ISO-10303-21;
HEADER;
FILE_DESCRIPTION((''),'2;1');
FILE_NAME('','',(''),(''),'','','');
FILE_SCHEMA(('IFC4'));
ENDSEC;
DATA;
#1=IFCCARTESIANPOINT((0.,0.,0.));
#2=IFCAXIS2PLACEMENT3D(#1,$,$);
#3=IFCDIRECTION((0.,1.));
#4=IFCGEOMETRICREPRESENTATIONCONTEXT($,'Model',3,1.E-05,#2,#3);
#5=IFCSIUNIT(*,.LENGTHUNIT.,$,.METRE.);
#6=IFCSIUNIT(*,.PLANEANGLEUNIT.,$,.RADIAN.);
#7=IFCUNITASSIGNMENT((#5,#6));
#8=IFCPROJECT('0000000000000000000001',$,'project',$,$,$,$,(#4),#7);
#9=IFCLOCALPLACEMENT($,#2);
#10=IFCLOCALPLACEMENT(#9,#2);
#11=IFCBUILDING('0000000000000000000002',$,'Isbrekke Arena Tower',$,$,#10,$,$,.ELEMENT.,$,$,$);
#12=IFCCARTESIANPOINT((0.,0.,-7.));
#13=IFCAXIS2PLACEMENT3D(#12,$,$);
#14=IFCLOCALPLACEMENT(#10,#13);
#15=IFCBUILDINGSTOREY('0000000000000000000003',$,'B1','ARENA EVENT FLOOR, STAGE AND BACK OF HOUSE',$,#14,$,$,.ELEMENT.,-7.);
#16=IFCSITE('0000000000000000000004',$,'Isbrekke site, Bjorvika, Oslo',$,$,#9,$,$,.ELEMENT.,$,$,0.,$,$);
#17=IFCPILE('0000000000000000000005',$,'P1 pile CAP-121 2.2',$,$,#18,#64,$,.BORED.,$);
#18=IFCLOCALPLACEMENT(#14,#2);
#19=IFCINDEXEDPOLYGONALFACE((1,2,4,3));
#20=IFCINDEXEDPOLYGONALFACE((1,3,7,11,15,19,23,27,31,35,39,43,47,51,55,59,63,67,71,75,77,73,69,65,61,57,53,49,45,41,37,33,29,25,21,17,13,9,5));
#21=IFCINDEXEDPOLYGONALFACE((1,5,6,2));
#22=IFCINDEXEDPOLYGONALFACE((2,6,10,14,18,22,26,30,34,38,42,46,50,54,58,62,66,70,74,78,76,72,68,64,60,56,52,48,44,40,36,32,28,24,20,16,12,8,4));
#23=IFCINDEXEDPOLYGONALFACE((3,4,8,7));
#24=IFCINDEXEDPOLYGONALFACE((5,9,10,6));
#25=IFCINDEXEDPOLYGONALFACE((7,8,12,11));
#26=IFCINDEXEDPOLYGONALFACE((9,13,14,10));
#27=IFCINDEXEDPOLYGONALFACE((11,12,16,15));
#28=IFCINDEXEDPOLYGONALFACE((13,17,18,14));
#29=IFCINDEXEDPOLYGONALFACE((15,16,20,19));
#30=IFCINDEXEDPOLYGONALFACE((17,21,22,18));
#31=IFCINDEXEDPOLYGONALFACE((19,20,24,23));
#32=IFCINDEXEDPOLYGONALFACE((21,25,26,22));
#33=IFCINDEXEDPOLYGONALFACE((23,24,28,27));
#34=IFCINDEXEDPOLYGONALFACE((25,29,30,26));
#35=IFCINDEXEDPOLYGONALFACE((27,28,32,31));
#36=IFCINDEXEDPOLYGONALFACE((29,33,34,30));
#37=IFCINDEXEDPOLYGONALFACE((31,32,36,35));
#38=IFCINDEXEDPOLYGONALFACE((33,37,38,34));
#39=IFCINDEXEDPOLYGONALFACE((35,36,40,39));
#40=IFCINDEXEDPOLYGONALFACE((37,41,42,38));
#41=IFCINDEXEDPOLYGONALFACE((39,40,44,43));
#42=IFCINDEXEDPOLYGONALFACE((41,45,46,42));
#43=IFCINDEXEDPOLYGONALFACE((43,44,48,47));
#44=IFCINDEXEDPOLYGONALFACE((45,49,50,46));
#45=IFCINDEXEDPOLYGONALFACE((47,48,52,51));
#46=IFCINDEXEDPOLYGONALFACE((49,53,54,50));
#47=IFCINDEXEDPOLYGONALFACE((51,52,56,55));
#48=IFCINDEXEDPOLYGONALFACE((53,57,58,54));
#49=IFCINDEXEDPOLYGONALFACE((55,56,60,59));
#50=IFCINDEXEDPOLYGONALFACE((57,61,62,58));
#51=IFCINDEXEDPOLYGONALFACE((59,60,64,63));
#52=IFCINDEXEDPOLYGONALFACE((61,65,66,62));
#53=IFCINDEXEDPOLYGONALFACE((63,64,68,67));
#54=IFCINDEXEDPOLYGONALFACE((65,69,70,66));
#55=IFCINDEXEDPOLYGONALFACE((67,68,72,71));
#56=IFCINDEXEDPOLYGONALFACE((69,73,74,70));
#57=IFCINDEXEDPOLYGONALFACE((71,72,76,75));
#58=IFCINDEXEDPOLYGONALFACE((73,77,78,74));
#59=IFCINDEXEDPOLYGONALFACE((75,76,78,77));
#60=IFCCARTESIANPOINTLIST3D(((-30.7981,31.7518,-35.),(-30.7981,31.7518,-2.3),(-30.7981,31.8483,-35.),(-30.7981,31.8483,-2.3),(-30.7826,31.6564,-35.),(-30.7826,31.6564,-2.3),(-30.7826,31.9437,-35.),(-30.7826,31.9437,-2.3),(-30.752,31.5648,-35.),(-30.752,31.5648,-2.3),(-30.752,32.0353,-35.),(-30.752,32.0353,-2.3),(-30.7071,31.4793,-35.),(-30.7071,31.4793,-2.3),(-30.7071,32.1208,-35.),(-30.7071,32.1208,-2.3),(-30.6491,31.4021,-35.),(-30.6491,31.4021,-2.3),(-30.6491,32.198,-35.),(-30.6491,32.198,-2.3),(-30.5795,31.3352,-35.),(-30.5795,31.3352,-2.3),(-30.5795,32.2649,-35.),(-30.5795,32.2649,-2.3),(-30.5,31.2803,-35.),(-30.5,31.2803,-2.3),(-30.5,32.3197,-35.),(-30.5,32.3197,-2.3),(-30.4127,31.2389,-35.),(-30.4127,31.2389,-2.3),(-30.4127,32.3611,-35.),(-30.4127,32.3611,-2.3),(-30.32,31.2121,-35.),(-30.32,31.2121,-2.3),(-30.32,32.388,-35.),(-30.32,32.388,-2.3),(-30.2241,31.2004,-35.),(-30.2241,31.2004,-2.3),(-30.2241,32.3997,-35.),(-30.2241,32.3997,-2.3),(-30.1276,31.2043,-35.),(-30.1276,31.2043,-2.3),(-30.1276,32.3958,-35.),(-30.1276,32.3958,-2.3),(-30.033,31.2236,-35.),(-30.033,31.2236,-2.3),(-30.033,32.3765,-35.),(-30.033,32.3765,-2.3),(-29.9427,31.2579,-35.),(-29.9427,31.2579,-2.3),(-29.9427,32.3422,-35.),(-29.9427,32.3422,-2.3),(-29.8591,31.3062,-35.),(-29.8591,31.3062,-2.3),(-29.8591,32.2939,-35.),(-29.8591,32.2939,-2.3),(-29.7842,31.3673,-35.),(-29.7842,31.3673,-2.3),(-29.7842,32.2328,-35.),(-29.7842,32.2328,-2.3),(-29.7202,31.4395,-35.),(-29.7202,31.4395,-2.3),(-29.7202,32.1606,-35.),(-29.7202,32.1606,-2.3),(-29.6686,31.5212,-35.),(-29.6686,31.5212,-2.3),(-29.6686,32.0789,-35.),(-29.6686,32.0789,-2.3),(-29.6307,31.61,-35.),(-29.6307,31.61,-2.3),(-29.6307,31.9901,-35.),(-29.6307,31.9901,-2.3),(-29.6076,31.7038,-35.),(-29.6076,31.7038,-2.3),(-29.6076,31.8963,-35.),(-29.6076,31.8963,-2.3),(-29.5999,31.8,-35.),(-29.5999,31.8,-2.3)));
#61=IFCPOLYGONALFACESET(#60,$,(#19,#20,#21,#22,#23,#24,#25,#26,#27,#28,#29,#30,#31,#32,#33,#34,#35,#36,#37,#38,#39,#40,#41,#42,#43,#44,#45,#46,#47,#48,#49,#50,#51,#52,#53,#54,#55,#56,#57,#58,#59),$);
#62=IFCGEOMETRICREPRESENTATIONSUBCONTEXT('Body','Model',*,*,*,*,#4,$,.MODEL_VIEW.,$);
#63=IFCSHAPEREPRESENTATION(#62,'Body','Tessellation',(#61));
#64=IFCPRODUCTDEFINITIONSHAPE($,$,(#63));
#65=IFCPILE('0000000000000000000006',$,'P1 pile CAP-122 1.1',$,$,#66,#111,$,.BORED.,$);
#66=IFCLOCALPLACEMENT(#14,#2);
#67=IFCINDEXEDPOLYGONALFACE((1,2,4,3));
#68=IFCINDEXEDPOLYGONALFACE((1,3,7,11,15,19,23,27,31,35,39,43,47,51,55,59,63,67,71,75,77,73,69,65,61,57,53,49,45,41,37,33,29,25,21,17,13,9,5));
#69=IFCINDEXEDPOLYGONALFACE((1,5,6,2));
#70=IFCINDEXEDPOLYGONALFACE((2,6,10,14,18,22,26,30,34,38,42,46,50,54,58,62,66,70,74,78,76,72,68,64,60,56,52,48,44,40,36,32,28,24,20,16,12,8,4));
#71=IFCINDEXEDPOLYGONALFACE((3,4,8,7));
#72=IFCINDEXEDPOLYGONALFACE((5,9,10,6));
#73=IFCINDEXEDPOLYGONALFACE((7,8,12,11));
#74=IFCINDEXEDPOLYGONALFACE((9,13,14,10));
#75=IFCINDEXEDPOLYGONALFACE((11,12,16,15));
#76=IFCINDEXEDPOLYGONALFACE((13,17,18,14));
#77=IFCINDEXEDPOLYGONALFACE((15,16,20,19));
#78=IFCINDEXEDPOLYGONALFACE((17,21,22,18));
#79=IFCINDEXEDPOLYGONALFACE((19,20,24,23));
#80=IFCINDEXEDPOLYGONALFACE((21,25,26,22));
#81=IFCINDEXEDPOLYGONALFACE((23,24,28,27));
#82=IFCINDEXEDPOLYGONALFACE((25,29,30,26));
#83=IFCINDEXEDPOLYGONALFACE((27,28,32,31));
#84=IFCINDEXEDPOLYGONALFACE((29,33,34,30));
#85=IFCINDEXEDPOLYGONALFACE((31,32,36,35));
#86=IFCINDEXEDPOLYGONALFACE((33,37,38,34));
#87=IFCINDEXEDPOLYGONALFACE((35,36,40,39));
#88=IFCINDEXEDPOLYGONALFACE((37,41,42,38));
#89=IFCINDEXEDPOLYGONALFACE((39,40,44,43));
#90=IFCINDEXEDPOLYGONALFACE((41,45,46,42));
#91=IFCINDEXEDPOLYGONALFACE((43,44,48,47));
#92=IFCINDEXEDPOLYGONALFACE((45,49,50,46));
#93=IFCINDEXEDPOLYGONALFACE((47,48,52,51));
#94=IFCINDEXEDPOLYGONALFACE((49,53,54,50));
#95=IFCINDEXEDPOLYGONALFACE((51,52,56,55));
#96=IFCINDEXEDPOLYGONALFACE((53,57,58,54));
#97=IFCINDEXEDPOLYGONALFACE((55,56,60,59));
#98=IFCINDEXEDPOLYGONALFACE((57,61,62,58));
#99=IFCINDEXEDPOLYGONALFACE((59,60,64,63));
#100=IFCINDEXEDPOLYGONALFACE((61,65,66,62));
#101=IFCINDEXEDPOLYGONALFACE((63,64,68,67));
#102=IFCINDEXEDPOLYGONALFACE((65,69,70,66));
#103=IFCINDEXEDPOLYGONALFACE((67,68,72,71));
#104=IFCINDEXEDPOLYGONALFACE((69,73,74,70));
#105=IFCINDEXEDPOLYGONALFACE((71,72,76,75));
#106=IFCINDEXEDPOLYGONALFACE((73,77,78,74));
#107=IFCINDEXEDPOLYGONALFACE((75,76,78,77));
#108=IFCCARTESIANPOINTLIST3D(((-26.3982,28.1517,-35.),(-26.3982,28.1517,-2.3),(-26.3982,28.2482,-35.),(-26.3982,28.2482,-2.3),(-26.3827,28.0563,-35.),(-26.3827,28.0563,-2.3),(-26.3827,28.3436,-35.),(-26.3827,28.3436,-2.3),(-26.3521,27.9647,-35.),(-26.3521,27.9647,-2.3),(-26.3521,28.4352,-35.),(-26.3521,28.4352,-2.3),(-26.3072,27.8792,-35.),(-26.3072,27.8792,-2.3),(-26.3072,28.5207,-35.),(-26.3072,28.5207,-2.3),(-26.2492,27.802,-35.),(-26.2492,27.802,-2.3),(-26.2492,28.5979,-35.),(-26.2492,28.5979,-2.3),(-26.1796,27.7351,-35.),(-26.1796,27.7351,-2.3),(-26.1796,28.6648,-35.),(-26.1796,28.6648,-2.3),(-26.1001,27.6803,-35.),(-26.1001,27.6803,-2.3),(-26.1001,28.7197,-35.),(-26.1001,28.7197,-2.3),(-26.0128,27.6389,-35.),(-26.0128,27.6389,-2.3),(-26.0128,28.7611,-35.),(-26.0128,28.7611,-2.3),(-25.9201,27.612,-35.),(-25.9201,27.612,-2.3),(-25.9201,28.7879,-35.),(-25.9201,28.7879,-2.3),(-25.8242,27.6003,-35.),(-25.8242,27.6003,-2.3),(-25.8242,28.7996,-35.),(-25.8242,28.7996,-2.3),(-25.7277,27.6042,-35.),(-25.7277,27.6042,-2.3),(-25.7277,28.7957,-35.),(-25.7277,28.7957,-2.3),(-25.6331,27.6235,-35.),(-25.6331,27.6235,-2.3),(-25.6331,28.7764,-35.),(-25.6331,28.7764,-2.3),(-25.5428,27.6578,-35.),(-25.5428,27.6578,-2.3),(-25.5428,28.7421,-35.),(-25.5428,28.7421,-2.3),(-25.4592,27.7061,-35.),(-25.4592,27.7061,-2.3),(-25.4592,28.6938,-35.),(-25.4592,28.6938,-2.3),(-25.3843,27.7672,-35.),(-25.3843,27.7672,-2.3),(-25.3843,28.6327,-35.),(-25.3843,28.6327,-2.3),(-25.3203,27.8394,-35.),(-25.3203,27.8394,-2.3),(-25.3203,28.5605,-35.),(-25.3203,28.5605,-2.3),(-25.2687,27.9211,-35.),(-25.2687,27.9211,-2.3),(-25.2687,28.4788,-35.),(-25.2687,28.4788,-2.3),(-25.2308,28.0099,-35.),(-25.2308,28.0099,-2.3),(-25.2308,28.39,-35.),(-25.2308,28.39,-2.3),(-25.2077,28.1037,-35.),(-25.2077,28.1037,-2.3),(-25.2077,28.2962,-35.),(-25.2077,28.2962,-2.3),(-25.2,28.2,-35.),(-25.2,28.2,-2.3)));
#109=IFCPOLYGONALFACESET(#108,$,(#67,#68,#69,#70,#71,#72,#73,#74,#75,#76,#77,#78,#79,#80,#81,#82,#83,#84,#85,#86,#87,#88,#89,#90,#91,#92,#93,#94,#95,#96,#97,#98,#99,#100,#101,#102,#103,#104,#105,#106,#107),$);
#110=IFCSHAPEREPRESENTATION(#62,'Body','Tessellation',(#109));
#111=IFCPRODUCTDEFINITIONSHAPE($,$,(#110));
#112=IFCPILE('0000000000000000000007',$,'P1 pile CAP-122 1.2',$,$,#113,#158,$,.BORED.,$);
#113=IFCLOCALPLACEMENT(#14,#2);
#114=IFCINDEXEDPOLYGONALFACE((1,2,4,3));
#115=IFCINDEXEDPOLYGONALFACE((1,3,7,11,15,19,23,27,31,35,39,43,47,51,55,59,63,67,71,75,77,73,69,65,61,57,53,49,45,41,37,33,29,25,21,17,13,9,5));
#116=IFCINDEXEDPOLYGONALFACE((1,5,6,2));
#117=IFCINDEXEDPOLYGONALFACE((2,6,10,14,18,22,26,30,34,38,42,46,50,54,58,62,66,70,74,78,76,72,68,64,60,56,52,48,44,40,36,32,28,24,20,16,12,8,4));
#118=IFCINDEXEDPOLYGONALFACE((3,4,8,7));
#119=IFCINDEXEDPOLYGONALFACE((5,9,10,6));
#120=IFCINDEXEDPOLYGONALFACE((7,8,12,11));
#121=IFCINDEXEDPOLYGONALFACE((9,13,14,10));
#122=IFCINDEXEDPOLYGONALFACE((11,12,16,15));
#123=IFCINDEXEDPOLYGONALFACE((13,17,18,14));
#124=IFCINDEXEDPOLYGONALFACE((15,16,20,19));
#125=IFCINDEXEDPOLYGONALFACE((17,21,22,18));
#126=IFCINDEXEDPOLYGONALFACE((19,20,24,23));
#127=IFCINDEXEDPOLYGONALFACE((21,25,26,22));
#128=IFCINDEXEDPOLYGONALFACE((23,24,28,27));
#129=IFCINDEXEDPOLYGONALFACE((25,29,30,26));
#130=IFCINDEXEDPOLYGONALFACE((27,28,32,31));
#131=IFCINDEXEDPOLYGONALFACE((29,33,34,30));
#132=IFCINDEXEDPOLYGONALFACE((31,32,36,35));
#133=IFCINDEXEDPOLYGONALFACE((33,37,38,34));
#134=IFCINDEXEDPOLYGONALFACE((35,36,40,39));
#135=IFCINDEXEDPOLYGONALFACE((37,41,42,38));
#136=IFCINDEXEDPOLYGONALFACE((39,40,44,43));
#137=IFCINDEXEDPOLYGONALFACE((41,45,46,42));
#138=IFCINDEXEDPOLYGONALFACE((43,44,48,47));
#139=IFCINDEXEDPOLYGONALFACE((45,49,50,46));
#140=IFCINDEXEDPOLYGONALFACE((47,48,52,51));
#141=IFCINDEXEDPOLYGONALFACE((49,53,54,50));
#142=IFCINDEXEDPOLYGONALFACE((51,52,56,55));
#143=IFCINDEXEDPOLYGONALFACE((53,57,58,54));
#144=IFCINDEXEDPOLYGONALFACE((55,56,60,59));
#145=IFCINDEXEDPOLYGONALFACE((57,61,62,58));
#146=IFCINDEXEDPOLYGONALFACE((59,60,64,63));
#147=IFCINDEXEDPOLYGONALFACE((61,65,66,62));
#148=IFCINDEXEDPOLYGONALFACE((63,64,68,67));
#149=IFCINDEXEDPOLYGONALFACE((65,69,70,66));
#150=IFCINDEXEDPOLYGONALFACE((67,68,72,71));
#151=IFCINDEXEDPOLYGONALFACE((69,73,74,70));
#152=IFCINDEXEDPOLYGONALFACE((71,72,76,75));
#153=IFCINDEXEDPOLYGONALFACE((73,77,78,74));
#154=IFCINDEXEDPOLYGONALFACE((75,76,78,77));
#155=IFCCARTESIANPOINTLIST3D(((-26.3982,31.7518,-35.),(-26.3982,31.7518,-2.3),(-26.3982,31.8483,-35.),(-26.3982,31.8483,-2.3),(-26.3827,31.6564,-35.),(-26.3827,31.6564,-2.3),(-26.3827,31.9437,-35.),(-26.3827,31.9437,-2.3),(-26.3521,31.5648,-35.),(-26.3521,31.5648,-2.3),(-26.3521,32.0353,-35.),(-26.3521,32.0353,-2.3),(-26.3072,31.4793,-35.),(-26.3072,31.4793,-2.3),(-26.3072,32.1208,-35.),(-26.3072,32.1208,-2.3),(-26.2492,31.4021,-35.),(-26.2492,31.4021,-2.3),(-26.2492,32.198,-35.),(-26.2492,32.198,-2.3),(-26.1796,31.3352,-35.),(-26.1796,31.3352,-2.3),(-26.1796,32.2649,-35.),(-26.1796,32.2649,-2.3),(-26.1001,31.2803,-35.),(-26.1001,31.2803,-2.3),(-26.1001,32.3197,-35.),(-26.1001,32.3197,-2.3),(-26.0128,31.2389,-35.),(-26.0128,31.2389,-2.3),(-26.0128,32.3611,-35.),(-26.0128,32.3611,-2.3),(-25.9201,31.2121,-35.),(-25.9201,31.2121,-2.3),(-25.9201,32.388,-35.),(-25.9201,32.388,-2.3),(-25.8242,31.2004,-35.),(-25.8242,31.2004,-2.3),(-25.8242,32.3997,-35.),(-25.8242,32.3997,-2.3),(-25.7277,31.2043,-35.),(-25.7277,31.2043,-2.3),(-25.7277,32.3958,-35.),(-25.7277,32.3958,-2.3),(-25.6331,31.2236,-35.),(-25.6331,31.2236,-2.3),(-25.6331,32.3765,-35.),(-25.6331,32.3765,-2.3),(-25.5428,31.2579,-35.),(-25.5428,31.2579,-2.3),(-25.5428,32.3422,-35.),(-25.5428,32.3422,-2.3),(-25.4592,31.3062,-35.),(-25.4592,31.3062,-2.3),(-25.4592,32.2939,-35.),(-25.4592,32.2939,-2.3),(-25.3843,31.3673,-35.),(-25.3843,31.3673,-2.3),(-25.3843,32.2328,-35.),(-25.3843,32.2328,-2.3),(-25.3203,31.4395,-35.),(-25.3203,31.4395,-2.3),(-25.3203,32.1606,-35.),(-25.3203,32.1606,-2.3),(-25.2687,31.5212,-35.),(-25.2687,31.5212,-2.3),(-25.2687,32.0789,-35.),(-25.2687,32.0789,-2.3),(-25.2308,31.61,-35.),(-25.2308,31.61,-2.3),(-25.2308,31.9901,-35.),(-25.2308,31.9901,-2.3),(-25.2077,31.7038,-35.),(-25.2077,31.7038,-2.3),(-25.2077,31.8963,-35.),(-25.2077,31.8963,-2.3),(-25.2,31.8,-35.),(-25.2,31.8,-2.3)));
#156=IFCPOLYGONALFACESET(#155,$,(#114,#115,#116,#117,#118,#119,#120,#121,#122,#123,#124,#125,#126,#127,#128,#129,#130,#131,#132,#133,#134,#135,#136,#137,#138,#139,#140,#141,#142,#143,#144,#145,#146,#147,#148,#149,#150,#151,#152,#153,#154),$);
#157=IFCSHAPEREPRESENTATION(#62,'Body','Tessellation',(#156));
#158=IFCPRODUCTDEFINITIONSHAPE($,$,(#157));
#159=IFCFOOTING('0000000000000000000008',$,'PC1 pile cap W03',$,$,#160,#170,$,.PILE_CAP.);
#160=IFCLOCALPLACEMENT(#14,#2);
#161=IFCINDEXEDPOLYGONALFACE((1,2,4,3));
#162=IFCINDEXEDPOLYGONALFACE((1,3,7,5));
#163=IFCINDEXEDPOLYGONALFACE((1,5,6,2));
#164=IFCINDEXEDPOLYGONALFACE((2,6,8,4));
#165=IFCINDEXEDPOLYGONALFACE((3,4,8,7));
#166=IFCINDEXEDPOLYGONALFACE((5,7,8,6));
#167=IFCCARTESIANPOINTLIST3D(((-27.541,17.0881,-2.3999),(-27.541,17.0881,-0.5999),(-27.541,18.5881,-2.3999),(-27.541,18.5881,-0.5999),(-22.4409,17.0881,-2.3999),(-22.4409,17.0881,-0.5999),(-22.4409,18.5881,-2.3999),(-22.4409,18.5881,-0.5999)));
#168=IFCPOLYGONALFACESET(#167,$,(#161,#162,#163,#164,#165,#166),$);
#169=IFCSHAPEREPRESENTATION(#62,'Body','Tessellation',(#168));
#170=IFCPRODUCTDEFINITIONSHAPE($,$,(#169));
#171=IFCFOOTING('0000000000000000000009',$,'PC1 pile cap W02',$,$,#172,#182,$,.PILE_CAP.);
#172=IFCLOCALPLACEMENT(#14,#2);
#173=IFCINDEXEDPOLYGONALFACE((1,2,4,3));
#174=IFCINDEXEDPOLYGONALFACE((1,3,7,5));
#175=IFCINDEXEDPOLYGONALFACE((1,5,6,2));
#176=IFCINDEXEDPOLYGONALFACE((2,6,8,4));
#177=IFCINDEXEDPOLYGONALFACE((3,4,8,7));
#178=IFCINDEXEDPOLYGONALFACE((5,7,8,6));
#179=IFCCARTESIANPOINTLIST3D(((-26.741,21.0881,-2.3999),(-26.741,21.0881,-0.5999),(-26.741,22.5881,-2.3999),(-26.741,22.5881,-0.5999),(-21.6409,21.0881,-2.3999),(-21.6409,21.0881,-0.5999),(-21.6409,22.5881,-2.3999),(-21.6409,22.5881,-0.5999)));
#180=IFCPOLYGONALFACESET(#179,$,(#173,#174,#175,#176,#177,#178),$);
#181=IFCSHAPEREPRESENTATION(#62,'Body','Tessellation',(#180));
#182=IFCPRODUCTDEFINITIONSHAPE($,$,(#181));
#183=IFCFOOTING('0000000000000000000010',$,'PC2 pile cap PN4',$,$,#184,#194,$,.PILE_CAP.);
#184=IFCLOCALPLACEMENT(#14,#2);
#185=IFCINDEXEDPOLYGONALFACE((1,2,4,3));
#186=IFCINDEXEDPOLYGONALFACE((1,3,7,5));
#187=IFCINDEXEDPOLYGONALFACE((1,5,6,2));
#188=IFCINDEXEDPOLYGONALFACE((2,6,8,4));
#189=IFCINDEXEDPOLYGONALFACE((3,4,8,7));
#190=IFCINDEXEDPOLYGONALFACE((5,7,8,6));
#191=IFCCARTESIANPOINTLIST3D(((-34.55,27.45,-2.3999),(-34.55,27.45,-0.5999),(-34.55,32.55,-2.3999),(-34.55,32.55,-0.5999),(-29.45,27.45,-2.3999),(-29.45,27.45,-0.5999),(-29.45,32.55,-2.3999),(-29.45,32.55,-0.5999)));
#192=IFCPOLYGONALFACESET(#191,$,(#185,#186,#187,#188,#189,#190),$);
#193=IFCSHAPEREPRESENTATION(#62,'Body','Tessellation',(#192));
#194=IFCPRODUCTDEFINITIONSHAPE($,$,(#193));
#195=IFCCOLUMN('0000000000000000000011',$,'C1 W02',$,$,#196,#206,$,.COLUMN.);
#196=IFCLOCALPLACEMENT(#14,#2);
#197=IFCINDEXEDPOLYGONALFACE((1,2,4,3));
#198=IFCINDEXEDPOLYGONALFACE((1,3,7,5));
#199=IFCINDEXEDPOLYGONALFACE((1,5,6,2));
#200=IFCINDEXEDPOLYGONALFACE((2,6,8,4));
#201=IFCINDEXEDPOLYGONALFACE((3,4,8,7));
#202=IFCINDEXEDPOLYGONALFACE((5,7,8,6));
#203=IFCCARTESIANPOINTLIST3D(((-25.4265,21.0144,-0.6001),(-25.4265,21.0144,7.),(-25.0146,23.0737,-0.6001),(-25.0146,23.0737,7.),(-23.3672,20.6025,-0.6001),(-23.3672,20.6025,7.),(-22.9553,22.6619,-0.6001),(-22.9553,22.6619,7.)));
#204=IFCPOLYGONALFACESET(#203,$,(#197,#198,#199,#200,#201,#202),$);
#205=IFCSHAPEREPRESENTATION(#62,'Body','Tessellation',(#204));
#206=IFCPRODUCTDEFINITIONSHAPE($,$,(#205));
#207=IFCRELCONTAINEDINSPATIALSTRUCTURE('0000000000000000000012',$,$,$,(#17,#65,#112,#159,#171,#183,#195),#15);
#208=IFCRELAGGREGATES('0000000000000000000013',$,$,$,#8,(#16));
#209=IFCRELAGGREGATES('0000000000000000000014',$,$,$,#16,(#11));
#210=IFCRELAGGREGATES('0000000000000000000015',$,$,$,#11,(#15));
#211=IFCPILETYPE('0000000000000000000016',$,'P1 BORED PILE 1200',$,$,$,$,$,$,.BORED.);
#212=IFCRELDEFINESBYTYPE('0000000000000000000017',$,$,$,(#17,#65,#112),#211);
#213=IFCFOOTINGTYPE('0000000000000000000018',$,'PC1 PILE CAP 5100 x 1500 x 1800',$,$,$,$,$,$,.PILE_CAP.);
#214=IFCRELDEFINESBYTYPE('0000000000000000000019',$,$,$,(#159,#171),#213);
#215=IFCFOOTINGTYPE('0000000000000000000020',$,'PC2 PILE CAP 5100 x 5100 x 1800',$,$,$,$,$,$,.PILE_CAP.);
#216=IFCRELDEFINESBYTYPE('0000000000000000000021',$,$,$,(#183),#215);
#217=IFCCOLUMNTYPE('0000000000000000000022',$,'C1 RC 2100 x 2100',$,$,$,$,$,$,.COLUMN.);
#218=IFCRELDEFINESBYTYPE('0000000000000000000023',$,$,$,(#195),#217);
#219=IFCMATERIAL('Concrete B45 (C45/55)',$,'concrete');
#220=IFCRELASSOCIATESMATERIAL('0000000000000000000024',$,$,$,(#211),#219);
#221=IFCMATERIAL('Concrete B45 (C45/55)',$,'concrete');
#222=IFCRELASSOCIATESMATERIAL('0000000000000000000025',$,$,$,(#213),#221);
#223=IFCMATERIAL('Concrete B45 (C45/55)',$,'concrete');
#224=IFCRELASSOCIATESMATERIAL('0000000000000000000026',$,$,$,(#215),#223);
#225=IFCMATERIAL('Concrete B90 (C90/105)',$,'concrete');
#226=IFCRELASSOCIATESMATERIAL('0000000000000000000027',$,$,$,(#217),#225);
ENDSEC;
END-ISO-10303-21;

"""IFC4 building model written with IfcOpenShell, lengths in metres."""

from ifc_helpers import new_model, si_unit, direction, frame, origin, origin_2d, place, context, subcontext, project, spatial, rectangle, circle, extrude, material, material_profile, profile_set, type_object, element, save


model = new_model("IFC4")

# Units and contexts
model_context = context("Model", 3, precision=1e-05, world=origin(), true_north=direction((0.0, 1.0)))
body_context = subcontext(model_context, "Body", "Model", "MODEL_VIEW")
ifc_project = project(units=[si_unit("LENGTHUNIT", "METRE"), si_unit("PLANEANGLEUNIT", "RADIAN")], contexts=[model_context])

# Site, building, storey
site_placement = place(None, origin())
site = spatial("IfcSite", under=ifc_project, at=site_placement, Name="Isbrekke site, Bjorvika, Oslo", CompositionType="ELEMENT", RefElevation=0.0)
building_placement = place(site_placement, origin())
building = spatial("IfcBuilding", under=site, at=building_placement, Name="Isbrekke Arena Tower", CompositionType="ELEMENT")
storey_placement = place(building_placement, frame((0.0, 0.0, -7.0)))
storey = spatial("IfcBuildingStorey", under=building, at=storey_placement, Name="B1", Description="ARENA EVENT FLOOR, STAGE AND BACK OF HOUSE", CompositionType="ELEMENT", Elevation=-7.0)

# Piles
ifc_material_1 = material(Name="Concrete B45 (C45/55)", Category="concrete")
ifc_material_profile_1 = material_profile(ifc_material_1, circle(Radius=0.6001, at=origin_2d()), Name="BORED PILE D1200")
ifc_profile_set_1 = profile_set([ifc_material_profile_1], Name="Concrete B45 (C45/55)")
pile_type = type_object("IfcPileType", Name="P1 BORED PILE 1200", PredefinedType="BORED", material=ifc_profile_set_1)
for number, where, z_axis, x_axis, name in (
    (1, (-30.2, 31.8, -2.3), (0.0, 0.0, -1.0), (1.0, 0.0, 0.0), "P1 pile CAP-121 2.2"),
    (2, (-25.8, 28.2, -2.3), (0.0, 0.0, -1.0), (1.0, 0.0, 0.0), "P1 pile CAP-122 1.1"),
    (3, (-25.8, 31.8, -2.3), (0.0, 0.0, -1.0), (1.0, 0.0, 0.0), "P1 pile CAP-122 1.2"),
):
    element("IfcPile", number, at=place(storey_placement, frame(where, z_axis=z_axis, x_axis=x_axis)), inside=storey, type_object=pile_type, Name=name, PredefinedType="BORED", context=body_context, shape_type="SweptSolid", body=[
        extrude(circle(Radius=0.6001, at=origin_2d()), origin(), (0.0, 0.0, 1.0), 32.7),
    ])

# Footings
ifc_material_2 = material(Name="Concrete B45 (C45/55)", Category="concrete")
footing_type_1 = type_object("IfcFootingType", Name="PC1 PILE CAP 5100 x 1500 x 1800", PredefinedType="PILE_CAP", material=ifc_material_2)
for number, where, z_axis, x_axis, name in (
    (4, (-24.991, 17.8381, -2.3999), (0.0, 0.0, 1.0), (1.0, 0.0, 0.0), "PC1 pile cap W03"),
    (5, (-24.1909, 21.8381, -2.3999), (0.0, 0.0, 1.0), (1.0, 0.0, 0.0), "PC1 pile cap W02"),
):
    element("IfcFooting", number, at=place(storey_placement, frame(where, z_axis=z_axis, x_axis=x_axis)), inside=storey, type_object=footing_type_1, Name=name, PredefinedType="PILE_CAP", context=body_context, shape_type="SweptSolid", body=[
        extrude(rectangle(XDim=5.1001, YDim=1.5, at=origin_2d()), origin(), (0.0, 0.0, 1.0), 1.8),
    ])
ifc_material_3 = material(Name="Concrete B45 (C45/55)", Category="concrete")
footing_type_2 = type_object("IfcFootingType", Name="PC2 PILE CAP 5100 x 5100 x 1800", PredefinedType="PILE_CAP", material=ifc_material_3)
footing_placement = place(storey_placement, frame((-32.0, 30.0, -2.3999), z_axis=(0.0, 0.0, 1.0), x_axis=(1.0, 0.0, 0.0)))
element("IfcFooting", 6, at=footing_placement, inside=storey, type_object=footing_type_2, Name="PC2 pile cap PN4", PredefinedType="PILE_CAP", context=body_context, shape_type="SweptSolid", body=[
    extrude(rectangle(XDim=5.1001, YDim=5.1001, at=origin_2d()), origin(), (0.0, 0.0, 1.0), 1.8),
])

# Column
ifc_material_4 = material(Name="Concrete B90 (C90/105)", Category="concrete")
ifc_material_profile_2 = material_profile(ifc_material_4, rectangle(XDim=2.1001, YDim=2.1001, at=origin_2d()), Name="RC 2100x2100")
ifc_profile_set_2 = profile_set([ifc_material_profile_2], Name="Concrete B90 (C90/105)")
column_type_1 = type_object("IfcColumnType", Name="C1 RC 2100 x 2100", PredefinedType="COLUMN", material=ifc_profile_set_2)
column_1_placement = place(storey_placement, frame((-24.1909, 21.8381, -0.6001), z_axis=(0.0, 0.0, 1.0), x_axis=(-0.196116, -0.980581, 0.0)))
element("IfcColumn", 7, at=column_1_placement, inside=storey, type_object=column_type_1, Name="C1 W02", PredefinedType="COLUMN", context=body_context, shape_type="SweptSolid", body=[
    extrude(rectangle(XDim=2.1001, YDim=2.1001, at=origin_2d()), origin(), (0.0, 0.0, 1.0), 7.6001),
])

save(model, "model.ifc")
